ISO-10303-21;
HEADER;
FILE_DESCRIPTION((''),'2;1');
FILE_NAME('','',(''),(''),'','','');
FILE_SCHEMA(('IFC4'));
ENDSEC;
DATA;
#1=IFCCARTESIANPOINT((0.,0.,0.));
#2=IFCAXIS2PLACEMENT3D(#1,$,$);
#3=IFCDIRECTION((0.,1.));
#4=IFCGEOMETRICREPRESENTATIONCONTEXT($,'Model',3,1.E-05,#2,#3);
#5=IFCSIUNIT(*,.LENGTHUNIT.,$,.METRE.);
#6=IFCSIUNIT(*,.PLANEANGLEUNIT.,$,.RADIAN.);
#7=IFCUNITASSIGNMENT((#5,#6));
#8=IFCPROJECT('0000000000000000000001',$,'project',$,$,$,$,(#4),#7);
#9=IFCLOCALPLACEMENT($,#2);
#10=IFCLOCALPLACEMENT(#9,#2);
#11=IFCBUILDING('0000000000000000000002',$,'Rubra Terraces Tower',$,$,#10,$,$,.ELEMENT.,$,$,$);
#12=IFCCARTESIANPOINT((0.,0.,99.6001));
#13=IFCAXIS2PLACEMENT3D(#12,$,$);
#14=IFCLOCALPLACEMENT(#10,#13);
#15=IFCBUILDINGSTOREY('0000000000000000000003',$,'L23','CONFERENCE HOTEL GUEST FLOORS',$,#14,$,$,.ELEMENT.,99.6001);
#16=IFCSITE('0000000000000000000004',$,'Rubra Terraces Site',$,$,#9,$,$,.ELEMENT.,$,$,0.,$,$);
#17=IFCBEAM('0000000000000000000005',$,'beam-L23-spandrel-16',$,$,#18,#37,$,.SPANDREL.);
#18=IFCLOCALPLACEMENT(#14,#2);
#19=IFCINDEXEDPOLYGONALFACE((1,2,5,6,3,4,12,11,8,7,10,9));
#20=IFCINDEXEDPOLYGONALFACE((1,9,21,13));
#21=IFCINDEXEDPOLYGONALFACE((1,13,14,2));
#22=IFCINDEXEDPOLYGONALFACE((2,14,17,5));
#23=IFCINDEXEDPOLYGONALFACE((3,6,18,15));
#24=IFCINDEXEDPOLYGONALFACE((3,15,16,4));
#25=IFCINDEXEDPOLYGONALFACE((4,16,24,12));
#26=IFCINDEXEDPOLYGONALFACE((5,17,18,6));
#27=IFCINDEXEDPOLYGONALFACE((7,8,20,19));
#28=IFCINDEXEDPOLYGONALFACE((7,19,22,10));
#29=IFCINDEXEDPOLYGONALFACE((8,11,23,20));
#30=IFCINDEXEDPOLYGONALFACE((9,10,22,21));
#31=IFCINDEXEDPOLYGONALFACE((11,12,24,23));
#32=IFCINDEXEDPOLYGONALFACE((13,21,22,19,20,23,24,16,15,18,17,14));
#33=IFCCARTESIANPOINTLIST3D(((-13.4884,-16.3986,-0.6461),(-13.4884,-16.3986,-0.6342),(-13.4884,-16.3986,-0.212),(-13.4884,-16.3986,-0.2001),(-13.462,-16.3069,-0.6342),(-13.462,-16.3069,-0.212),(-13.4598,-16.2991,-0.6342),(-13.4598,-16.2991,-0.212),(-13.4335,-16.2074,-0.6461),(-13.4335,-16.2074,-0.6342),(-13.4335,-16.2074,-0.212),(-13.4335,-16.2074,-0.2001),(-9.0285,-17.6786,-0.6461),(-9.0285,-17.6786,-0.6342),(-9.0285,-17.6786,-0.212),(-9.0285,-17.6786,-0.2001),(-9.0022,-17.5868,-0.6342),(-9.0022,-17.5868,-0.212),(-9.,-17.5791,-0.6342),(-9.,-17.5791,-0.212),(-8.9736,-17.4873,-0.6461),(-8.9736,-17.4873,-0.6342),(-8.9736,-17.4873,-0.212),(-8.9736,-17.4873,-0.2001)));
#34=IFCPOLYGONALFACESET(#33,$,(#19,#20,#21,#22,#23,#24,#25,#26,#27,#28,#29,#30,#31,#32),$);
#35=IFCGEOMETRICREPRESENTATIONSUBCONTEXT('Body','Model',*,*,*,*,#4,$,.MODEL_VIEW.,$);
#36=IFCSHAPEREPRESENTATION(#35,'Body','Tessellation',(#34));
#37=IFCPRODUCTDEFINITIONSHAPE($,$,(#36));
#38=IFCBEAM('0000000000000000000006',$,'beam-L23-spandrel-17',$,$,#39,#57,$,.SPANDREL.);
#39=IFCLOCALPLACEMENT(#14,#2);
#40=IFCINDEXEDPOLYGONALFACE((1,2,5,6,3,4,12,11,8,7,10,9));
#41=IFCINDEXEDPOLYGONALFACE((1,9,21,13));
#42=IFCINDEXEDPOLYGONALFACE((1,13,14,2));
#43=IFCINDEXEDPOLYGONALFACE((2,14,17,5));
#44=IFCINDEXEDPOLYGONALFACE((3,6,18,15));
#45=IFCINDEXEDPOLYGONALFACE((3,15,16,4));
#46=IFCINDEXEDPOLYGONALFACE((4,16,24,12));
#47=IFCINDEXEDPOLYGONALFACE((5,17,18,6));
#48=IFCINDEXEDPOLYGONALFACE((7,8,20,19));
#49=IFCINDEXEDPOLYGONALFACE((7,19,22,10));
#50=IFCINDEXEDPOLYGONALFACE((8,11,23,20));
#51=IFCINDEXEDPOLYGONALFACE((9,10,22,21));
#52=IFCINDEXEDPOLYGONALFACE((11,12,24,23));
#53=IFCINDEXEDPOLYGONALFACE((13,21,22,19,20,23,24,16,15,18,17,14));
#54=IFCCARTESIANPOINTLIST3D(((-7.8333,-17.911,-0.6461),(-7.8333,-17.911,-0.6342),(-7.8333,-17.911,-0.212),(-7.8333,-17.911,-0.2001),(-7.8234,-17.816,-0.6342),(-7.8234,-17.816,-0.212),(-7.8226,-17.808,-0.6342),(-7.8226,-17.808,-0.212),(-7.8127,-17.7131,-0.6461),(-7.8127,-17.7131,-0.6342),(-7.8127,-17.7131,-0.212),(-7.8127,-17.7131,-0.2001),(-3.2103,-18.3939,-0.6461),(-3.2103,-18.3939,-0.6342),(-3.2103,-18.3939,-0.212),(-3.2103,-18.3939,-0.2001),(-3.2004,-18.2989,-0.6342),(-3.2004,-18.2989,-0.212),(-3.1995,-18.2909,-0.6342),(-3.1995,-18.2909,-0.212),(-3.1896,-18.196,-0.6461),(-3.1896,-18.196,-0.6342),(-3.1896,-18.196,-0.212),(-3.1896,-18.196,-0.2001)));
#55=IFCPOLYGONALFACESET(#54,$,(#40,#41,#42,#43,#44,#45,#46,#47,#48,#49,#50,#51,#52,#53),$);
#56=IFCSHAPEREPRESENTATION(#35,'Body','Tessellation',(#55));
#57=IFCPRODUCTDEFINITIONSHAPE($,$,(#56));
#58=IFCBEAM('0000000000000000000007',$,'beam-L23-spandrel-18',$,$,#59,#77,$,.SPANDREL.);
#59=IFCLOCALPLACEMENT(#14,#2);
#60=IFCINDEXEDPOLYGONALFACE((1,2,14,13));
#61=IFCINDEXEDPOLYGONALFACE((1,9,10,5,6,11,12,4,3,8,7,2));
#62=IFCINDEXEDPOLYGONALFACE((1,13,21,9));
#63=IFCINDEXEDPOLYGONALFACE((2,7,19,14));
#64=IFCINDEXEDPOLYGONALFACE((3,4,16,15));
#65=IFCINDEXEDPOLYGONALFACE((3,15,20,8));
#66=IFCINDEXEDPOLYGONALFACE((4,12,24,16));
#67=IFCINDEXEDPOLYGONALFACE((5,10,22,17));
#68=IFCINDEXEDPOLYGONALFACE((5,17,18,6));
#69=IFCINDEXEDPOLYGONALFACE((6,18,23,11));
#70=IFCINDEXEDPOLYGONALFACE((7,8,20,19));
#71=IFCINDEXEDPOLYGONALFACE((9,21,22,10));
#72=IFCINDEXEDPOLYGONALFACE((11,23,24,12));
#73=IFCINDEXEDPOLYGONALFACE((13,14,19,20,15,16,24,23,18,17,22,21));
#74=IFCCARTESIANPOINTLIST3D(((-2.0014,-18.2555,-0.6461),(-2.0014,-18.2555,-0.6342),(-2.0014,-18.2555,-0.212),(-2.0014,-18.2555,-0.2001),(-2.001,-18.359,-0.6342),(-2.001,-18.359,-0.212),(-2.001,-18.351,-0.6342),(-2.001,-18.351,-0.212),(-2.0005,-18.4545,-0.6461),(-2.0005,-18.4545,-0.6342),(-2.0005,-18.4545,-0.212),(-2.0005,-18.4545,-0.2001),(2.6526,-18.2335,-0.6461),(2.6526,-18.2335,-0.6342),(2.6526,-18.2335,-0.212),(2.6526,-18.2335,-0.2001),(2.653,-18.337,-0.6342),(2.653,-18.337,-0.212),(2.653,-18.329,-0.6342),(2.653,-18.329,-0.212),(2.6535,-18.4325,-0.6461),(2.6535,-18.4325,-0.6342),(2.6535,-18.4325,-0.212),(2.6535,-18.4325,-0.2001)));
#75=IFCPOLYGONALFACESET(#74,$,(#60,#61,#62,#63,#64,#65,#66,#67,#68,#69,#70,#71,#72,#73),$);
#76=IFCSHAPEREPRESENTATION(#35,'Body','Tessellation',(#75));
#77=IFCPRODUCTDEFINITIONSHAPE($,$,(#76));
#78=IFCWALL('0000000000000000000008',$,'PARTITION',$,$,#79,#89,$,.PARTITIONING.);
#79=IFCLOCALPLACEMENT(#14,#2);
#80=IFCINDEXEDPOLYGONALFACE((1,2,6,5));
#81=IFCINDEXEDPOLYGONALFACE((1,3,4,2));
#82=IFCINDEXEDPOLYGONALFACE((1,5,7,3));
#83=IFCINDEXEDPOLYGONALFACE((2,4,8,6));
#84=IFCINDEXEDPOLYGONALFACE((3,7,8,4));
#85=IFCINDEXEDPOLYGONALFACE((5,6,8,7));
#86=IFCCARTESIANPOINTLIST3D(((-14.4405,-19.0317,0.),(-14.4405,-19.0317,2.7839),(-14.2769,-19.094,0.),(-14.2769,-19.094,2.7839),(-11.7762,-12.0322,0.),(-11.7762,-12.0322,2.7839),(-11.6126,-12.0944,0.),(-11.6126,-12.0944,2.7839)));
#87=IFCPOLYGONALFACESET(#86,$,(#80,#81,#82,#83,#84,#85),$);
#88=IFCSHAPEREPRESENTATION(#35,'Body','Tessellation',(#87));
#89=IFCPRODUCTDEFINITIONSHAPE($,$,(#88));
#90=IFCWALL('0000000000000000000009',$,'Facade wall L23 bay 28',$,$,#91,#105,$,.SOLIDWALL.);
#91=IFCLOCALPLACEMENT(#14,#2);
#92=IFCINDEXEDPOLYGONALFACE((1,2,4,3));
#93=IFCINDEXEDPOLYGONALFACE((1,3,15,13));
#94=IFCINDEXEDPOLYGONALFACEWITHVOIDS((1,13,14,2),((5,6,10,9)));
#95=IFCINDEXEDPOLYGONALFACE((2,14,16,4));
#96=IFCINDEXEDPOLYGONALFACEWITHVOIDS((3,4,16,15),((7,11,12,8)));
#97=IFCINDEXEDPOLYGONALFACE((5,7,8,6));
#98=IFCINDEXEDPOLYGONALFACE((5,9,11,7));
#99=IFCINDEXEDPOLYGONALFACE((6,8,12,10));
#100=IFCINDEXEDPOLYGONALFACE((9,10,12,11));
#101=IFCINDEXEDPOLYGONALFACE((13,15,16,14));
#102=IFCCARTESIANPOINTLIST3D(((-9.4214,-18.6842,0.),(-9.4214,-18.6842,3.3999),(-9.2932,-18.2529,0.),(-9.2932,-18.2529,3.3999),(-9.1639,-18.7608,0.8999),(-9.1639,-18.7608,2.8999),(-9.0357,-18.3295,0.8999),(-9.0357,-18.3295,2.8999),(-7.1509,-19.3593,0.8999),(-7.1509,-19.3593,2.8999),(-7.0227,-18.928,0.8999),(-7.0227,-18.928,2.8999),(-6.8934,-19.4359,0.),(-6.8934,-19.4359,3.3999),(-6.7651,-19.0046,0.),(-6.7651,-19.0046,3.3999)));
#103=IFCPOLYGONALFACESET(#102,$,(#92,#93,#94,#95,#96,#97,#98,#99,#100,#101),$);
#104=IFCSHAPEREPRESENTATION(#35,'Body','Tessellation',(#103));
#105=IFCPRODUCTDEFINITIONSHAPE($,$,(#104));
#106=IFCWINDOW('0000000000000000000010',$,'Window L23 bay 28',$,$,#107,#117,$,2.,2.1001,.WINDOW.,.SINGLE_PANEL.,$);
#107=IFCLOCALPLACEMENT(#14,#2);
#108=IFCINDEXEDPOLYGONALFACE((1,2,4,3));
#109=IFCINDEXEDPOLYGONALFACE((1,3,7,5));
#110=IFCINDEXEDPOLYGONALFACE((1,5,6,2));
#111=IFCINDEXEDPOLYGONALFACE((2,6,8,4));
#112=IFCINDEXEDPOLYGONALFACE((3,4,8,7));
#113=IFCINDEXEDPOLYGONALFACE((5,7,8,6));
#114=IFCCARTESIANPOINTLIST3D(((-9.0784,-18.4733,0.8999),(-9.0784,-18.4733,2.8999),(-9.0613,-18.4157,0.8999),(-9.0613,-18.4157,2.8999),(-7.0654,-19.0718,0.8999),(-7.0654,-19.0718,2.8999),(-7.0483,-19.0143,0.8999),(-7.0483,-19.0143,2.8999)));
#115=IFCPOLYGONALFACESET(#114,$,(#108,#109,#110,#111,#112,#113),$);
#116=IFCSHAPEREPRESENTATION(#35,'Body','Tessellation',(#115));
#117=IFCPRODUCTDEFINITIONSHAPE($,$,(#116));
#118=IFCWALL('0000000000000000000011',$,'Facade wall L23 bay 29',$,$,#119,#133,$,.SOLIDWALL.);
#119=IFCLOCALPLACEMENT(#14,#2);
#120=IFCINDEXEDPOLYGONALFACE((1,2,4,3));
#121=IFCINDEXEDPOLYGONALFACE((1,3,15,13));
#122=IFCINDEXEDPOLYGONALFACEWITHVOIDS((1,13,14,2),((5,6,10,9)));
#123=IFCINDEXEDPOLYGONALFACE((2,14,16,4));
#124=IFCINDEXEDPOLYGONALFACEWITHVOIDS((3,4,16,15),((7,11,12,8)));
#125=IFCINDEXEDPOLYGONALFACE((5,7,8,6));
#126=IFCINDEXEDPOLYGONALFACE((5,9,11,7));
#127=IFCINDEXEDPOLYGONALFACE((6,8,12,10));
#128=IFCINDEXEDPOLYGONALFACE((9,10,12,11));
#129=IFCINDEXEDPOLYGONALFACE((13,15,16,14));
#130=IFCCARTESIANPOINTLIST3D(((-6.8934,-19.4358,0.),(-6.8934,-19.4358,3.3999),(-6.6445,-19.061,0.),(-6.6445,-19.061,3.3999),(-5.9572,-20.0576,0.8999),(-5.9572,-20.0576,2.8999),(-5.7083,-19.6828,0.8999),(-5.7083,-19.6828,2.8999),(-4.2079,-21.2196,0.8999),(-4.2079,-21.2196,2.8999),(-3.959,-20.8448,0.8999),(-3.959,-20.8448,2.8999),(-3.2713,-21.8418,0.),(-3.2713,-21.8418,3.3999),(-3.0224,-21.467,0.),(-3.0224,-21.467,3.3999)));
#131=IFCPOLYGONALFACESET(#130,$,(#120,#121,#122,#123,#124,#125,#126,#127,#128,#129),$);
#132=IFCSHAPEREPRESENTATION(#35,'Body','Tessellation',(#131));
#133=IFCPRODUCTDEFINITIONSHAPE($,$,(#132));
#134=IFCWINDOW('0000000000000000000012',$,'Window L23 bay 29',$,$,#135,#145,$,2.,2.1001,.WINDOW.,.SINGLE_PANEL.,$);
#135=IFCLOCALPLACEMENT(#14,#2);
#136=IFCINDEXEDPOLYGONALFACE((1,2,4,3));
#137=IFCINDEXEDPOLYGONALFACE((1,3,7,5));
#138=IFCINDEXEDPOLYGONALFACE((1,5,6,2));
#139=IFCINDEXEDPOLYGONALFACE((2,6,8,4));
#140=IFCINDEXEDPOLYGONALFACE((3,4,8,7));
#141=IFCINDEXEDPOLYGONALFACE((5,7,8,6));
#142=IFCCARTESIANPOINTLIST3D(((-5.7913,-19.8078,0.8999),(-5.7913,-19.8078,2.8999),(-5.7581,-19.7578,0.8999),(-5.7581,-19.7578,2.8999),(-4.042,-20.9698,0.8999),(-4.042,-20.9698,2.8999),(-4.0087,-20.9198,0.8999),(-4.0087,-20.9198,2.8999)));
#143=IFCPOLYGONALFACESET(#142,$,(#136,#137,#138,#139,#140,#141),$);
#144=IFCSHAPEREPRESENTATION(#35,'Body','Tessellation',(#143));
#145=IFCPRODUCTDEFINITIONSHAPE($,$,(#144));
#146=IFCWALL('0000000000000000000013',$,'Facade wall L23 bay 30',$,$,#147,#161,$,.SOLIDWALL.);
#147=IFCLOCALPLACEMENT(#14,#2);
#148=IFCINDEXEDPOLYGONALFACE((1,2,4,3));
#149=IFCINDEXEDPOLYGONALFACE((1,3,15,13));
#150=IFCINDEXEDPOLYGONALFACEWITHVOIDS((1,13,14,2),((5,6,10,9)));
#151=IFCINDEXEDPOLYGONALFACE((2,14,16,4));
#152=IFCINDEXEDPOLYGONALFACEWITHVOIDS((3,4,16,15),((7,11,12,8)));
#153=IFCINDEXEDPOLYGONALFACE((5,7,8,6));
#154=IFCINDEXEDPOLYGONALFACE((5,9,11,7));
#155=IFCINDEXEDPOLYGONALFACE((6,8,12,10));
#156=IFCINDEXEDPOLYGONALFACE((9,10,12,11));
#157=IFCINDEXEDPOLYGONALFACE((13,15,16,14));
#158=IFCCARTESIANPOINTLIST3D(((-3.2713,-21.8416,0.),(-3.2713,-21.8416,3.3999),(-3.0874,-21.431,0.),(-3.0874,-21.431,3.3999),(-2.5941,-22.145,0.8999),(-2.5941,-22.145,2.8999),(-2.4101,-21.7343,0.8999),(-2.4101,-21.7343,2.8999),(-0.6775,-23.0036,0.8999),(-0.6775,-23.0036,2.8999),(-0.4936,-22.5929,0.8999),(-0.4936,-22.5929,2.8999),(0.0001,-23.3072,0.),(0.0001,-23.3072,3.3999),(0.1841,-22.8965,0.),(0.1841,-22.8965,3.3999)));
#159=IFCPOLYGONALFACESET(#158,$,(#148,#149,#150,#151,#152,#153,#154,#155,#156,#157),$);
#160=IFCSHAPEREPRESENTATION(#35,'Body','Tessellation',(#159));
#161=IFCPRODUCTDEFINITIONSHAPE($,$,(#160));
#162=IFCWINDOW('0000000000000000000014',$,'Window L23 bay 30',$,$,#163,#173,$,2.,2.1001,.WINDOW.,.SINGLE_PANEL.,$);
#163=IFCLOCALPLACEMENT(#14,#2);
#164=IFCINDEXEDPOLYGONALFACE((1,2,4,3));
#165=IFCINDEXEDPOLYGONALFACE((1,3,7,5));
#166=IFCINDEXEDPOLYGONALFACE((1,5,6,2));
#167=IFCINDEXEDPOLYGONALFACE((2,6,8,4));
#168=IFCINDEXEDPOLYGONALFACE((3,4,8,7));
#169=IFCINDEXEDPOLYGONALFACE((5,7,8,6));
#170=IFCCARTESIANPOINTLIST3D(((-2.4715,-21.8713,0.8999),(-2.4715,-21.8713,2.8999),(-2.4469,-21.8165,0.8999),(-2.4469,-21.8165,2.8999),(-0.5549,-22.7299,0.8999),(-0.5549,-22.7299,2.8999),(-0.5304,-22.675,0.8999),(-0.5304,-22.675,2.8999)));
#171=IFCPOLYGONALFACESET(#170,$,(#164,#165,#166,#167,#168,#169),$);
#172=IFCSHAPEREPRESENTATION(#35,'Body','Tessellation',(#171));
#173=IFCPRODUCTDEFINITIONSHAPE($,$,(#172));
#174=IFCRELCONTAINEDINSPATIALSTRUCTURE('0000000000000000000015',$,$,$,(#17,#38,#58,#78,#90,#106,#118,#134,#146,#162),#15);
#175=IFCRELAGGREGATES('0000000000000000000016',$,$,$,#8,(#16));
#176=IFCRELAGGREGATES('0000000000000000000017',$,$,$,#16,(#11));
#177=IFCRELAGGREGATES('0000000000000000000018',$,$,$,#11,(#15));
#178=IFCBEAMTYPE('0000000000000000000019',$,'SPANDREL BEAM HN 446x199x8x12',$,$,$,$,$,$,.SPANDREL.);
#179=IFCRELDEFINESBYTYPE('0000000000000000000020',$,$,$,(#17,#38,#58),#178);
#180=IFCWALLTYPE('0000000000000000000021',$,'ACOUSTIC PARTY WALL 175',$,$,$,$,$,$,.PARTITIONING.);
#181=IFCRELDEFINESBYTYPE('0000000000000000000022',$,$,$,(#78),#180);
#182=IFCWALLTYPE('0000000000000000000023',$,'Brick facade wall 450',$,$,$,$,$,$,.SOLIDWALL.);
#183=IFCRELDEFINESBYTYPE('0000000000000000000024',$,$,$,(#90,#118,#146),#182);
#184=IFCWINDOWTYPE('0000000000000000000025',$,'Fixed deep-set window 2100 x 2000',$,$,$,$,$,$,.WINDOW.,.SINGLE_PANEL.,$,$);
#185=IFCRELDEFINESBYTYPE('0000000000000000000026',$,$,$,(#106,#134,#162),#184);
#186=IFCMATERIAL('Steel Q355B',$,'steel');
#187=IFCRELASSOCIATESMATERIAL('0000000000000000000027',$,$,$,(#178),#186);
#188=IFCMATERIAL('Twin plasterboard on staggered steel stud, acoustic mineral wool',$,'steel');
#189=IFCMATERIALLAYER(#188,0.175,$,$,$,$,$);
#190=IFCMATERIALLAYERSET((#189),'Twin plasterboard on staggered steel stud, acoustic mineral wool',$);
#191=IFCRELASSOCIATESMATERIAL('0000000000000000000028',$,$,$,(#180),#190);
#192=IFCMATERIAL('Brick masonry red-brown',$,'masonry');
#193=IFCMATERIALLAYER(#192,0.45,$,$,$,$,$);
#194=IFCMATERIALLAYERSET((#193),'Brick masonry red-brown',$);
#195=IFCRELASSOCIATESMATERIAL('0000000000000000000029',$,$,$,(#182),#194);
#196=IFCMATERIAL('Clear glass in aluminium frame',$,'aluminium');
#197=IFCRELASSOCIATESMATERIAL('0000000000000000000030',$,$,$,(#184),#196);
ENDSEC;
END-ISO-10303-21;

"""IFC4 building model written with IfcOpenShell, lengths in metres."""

from ifc_helpers import new_model, si_unit, direction, frame, frame_2d, origin, origin_2d, place, context, subcontext, project, spatial, rectangle, i_section, extrude, material, layer, layer_set, material_profile, profile_set, type_object, element, fill, save


model = new_model("IFC4")

# Units and contexts
model_context = context("Model", 3, precision=1e-05, world=origin(), true_north=direction((0.0, 1.0)))
body_context = subcontext(model_context, "Body", "Model", "MODEL_VIEW")
ifc_project = project(units=[si_unit("LENGTHUNIT", "METRE"), si_unit("PLANEANGLEUNIT", "RADIAN")], contexts=[model_context])

# Site, building, storey
site_placement = place(None, origin())
site = spatial("IfcSite", under=ifc_project, at=site_placement, Name="Rubra Terraces Site", CompositionType="ELEMENT", RefElevation=0.0)
building_placement = place(site_placement, origin())
building = spatial("IfcBuilding", under=site, at=building_placement, Name="Rubra Terraces Tower", CompositionType="ELEMENT")
storey_placement = place(building_placement, frame((0.0, 0.0, 99.6001)))
storey = spatial("IfcBuildingStorey", under=building, at=storey_placement, Name="L23", Description="CONFERENCE HOTEL GUEST FLOORS", CompositionType="ELEMENT", Elevation=99.6001)

# Beams
ifc_material_1 = material(Name="Steel Q355B", Category="steel")
ifc_material_profile_1 = material_profile(ifc_material_1, i_section(OverallWidth=0.199, OverallDepth=0.446, WebThickness=0.0081, FlangeThickness=0.012, at=origin_2d()), Name="HN 446x199x8x12")
ifc_profile_set_1 = profile_set([ifc_material_profile_1], Name="Steel Q355B")
beam_type_1 = type_object("IfcBeamType", Name="SPANDREL BEAM HN 446x199x8x12", PredefinedType="SPANDREL", material=ifc_profile_set_1)
beam_1_placement = place(storey_placement, frame((-13.4609, -16.303, -0.4231), z_axis=(0.961196, -0.275868, 0.0), x_axis=(0.275868, 0.961196, 0.0)))
element("IfcBeam", 1, at=beam_1_placement, inside=storey, type_object=beam_type_1, Name="beam-L23-spandrel-16", PredefinedType="SPANDREL", context=body_context, shape_type="SweptSolid", body=[
    extrude(i_section(OverallWidth=0.199, OverallDepth=0.446, WebThickness=0.0081, FlangeThickness=0.012, at=origin_2d()), origin(), (0.0, 0.0, 1.0), 4.6399),
])
beam_2_placement = place(storey_placement, frame((-7.823, -17.812, -0.4231), z_axis=(0.994589, -0.103892, 0.0), x_axis=(0.103892, 0.994589, 0.0)))
element("IfcBeam", 2, at=beam_2_placement, inside=storey, type_object=beam_type_1, Name="beam-L23-spandrel-17", PredefinedType="SPANDREL", context=body_context, shape_type="SweptSolid", body=[
    extrude(i_section(OverallWidth=0.199, OverallDepth=0.446, WebThickness=0.0081, FlangeThickness=0.012, at=origin_2d()), origin(), (0.0, 0.0, 1.0), 4.6482),
])
beam_3_placement = place(storey_placement, frame((-2.001, -18.355, -0.4231), z_axis=(0.999989, 0.004721, 0.0), x_axis=(-0.004721, 0.999989, 0.0)))
element("IfcBeam", 3, at=beam_3_placement, inside=storey, type_object=beam_type_1, Name="beam-L23-spandrel-18", PredefinedType="SPANDREL", context=body_context, shape_type="SweptSolid", body=[
    extrude(i_section(OverallWidth=0.199, OverallDepth=0.446, WebThickness=0.0081, FlangeThickness=0.012, at=origin_2d()), origin(), (0.0, 0.0, 1.0), 4.6541),
])

# Wall
ifc_material_2 = material(Name="Twin plasterboard on staggered steel stud, acoustic mineral wool", Category="steel")
ifc_layer_1 = layer(ifc_material_2, 0.175)
ifc_layer_set_1 = layer_set([ifc_layer_1], Name="Twin plasterboard on staggered steel stud, acoustic mineral wool")
wall_type_1 = type_object("IfcWallType", Name="ACOUSTIC PARTY WALL 175", PredefinedType="PARTITIONING", material=ifc_layer_set_1)
wall_1_placement = place(storey_placement, frame((-14.3586, -19.0627, 0.0), z_axis=(0.0, 0.0, 1.0), x_axis=(0.355742, 0.934584, 0.0)))
element("IfcWall", 4, at=wall_1_placement, inside=storey, type_object=wall_type_1, Name="PARTITION", PredefinedType="PARTITIONING", context=body_context, shape_type="SweptSolid", body=[
    extrude(rectangle(XDim=7.4895, YDim=0.175, at=frame_2d((3.7446, 0.0))), origin(), (0.0, 0.0, 1.0), 2.7839),
])

# Walls, openings, windows
ifc_material_3 = material(Name="Brick masonry red-brown", Category="masonry")
ifc_layer_2 = layer(ifc_material_3, 0.45)
ifc_layer_set_2 = layer_set([ifc_layer_2], Name="Brick masonry red-brown")
wall_type_2 = type_object("IfcWallType", Name="Brick facade wall 450", PredefinedType="SOLIDWALL", material=ifc_layer_set_2)
wall_2_placement = place(storey_placement, frame((-9.3574, -18.4685, 0.0), z_axis=(0.0, 0.0, 1.0), x_axis=(0.958524, -0.285012, 0.0)))
wall_2 = element("IfcWall", 5, at=wall_2_placement, inside=storey, type_object=wall_type_2, Name="Facade wall L23 bay 28", PredefinedType="SOLIDWALL", context=body_context, shape_type="SweptSolid", body=[
    extrude(rectangle(XDim=2.6375, YDim=0.45, at=frame_2d((1.3188, 0.0))), origin(), (0.0, 0.0, 1.0), 3.3999),
])
opening_1_placement = place(wall_2_placement, frame((0.2688, 0.0, 0.8999)))
opening_1 = element("IfcOpeningElement", 6, at=opening_1_placement, cuts=wall_2, PredefinedType="OPENING", context=body_context, shape_type="SweptSolid", body=[
    extrude(rectangle(XDim=2.1001, YDim=2.0, at=frame_2d((1.05, 1.0))), frame((0.0, 0.2349, 0.0), z_axis=(0.0, -1.0, 0.0), x_axis=(1.0, 0.0, 0.0)), (0.0, 0.0, 1.0), 0.47),
])
ifc_material_4 = material(Name="Clear glass in aluminium frame", Category="aluminium")
window_type = type_object("IfcWindowType", Name="Fixed deep-set window 2100 x 2000", PartitioningType="SINGLE_PANEL", PredefinedType="WINDOW", material=ifc_material_4)
window_1_placement = place(opening_1_placement, origin())
window_1 = element("IfcWindow", 7, at=window_1_placement, inside=storey, type_object=window_type, Name="Window L23 bay 28", OverallHeight=2.0, OverallWidth=2.1001, PartitioningType="SINGLE_PANEL", PredefinedType="WINDOW", context=body_context, shape_type="SweptSolid", body=[
    extrude(rectangle(XDim=2.1001, YDim=2.0, at=frame_2d((1.05, 1.0))), frame((0.0, 0.135, 0.0), z_axis=(0.0, -1.0, 0.0), x_axis=(1.0, 0.0, 0.0)), (0.0, 0.0, 1.0), 0.0601),
])
fill(opening_1, window_1)
wall_3_placement = place(storey_placement, frame((-6.769, -19.2483, 0.0), z_axis=(0.0, 0.0, 1.0), x_axis=(0.832973, -0.553313, 0.0)))
wall_3 = element("IfcWall", 8, at=wall_3_placement, inside=storey, type_object=wall_type_2, Name="Facade wall L23 bay 29", PredefinedType="SOLIDWALL", context=body_context, shape_type="SweptSolid", body=[
    extrude(rectangle(XDim=4.3484, YDim=0.45, at=frame_2d((2.1743, 0.0))), origin(), (0.0, 0.0, 1.0), 3.3999),
])
opening_2_placement = place(wall_3_placement, frame((1.124, 0.0, 0.8999)))
opening_2 = element("IfcOpeningElement", 9, at=opening_2_placement, cuts=wall_3, PredefinedType="OPENING", context=body_context, shape_type="SweptSolid", body=[
    extrude(rectangle(XDim=2.1001, YDim=2.0, at=frame_2d((1.05, 1.0))), frame((0.0, 0.2349, 0.0), z_axis=(0.0, -1.0, 0.0), x_axis=(1.0, 0.0, 0.0)), (0.0, 0.0, 1.0), 0.47),
])
window_2_placement = place(opening_2_placement, origin())
window_2 = element("IfcWindow", 10, at=window_2_placement, inside=storey, type_object=window_type, Name="Window L23 bay 29", OverallHeight=2.0, OverallWidth=2.1001, PartitioningType="SINGLE_PANEL", PredefinedType="WINDOW", context=body_context, shape_type="SweptSolid", body=[
    extrude(rectangle(XDim=2.1001, YDim=2.0, at=frame_2d((1.05, 1.0))), frame((0.0, 0.135, 0.0), z_axis=(0.0, -1.0, 0.0), x_axis=(1.0, 0.0, 0.0)), (0.0, 0.0, 1.0), 0.0601),
])
fill(opening_2, window_2)
wall_4_placement = place(storey_placement, frame((-3.1794, -21.6362, 0.0), z_axis=(0.0, 0.0, 1.0), x_axis=(0.912608, -0.408835, 0.0)))
wall_4 = element("IfcWall", 11, at=wall_4_placement, inside=storey, type_object=wall_type_2, Name="Facade wall L23 bay 30", PredefinedType="SOLIDWALL", context=body_context, shape_type="SweptSolid", body=[
    extrude(rectangle(XDim=3.5847, YDim=0.45, at=frame_2d((1.7925, 0.0))), origin(), (0.0, 0.0, 1.0), 3.3999),
])
opening_3_placement = place(wall_4_placement, frame((0.7422, 0.0, 0.8999)))
opening_3 = element("IfcOpeningElement", 12, at=opening_3_placement, cuts=wall_4, PredefinedType="OPENING", context=body_context, shape_type="SweptSolid", body=[
    extrude(rectangle(XDim=2.1001, YDim=2.0, at=frame_2d((1.05, 1.0))), frame((0.0, 0.2349, 0.0), z_axis=(0.0, -1.0, 0.0), x_axis=(1.0, 0.0, 0.0)), (0.0, 0.0, 1.0), 0.47),
])
window_3_placement = place(opening_3_placement, origin())
window_3 = element("IfcWindow", 13, at=window_3_placement, inside=storey, type_object=window_type, Name="Window L23 bay 30", OverallHeight=2.0, OverallWidth=2.1001, PartitioningType="SINGLE_PANEL", PredefinedType="WINDOW", context=body_context, shape_type="SweptSolid", body=[
    extrude(rectangle(XDim=2.1001, YDim=2.0, at=frame_2d((1.05, 1.0))), frame((0.0, 0.135, 0.0), z_axis=(0.0, -1.0, 0.0), x_axis=(1.0, 0.0, 0.0)), (0.0, 0.0, 1.0), 0.0601),
])
fill(opening_3, window_3)

save(model, "model.ifc")
